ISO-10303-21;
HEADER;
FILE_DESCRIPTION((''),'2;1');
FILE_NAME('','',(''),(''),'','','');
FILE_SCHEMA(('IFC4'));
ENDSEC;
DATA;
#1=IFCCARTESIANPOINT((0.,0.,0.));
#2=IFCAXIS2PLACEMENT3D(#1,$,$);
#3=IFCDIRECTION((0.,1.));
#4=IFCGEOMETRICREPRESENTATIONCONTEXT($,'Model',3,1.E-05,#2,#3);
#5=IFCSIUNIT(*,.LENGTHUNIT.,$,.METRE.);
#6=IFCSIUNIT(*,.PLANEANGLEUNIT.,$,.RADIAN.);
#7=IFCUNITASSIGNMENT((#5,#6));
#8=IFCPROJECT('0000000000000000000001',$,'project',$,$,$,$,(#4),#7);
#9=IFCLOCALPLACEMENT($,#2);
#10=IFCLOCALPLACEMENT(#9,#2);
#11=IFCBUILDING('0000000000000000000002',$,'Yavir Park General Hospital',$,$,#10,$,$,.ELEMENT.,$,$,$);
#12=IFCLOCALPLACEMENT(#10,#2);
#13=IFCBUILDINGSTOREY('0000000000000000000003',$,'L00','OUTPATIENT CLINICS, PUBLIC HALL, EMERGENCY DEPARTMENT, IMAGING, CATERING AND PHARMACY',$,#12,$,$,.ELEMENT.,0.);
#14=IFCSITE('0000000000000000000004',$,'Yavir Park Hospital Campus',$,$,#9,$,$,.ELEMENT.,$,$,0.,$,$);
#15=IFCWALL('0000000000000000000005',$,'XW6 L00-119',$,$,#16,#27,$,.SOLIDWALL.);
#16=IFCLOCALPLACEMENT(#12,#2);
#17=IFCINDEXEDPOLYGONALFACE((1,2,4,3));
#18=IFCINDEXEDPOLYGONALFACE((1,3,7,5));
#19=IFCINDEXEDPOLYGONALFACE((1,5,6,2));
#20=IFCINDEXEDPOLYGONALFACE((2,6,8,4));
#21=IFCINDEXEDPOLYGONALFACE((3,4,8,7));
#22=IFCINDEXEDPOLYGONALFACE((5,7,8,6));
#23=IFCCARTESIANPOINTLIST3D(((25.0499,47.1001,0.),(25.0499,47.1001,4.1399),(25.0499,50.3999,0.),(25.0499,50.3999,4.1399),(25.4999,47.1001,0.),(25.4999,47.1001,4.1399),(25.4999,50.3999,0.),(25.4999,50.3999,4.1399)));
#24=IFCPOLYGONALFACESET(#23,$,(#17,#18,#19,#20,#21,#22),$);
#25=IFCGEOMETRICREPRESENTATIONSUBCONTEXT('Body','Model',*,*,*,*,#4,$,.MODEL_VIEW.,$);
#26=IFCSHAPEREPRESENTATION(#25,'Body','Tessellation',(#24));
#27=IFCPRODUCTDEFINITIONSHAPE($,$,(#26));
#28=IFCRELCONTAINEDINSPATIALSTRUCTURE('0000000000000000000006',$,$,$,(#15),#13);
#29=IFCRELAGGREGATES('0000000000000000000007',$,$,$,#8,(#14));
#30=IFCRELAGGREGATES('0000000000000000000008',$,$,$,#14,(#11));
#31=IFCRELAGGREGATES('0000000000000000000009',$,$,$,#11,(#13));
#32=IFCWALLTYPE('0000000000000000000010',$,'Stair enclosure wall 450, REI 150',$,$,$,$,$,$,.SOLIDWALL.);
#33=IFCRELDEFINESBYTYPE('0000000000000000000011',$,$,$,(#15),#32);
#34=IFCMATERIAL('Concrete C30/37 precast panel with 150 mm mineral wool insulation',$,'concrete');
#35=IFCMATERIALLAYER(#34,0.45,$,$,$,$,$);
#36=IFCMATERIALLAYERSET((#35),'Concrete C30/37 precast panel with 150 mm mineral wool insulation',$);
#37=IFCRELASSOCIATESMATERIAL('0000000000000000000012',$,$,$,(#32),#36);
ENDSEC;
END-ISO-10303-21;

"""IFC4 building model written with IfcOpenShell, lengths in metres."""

from ifc_helpers import new_model, si_unit, direction, frame, frame_2d, origin, place, context, subcontext, project, spatial, rectangle, extrude, material, layer, layer_set, type_object, element, save


model = new_model("IFC4")

# Units and contexts
model_context = context("Model", 3, precision=1e-05, world=origin(), true_north=direction((0.0, 1.0)))
body_context = subcontext(model_context, "Body", "Model", "MODEL_VIEW")
ifc_project = project(units=[si_unit("LENGTHUNIT", "METRE"), si_unit("PLANEANGLEUNIT", "RADIAN")], contexts=[model_context])

# Site, building, storey
site_placement = place(None, origin())
site = spatial("IfcSite", under=ifc_project, at=site_placement, Name="Yavir Park Hospital Campus", CompositionType="ELEMENT", RefElevation=0.0)
building_placement = place(site_placement, origin())
building = spatial("IfcBuilding", under=site, at=building_placement, Name="Yavir Park General Hospital", CompositionType="ELEMENT")
storey_placement = place(building_placement, origin())
storey = spatial("IfcBuildingStorey", under=building, at=storey_placement, Name="L00", Description="OUTPATIENT CLINICS, PUBLIC HALL, EMERGENCY DEPARTMENT, IMAGING, CATERING AND PHARMACY", CompositionType="ELEMENT", Elevation=0.0)

# Wall
ifc_material_1 = material(Name="Concrete C30/37 precast panel with 150 mm mineral wool insulation", Category="concrete")
ifc_layer_1 = layer(ifc_material_1, 0.45)
ifc_layer_set_1 = layer_set([ifc_layer_1], Name="Concrete C30/37 precast panel with 150 mm mineral wool insulation")
wall_type_1 = type_object("IfcWallType", Name="Stair enclosure wall 450, REI 150", PredefinedType="SOLIDWALL", material=ifc_layer_set_1)
wall_1_placement = place(storey_placement, frame((25.2749, 47.1001, 0.0), z_axis=(0.0, 0.0, 1.0), x_axis=(0.0, 1.0, 0.0)))
element("IfcWall", 1, at=wall_1_placement, inside=storey, type_object=wall_type_1, Name="XW6 L00-119", PredefinedType="SOLIDWALL", context=body_context, shape_type="SweptSolid", body=[
    extrude(rectangle(XDim=3.2998, YDim=0.45, at=frame_2d((1.6499, 0.0))), origin(), (0.0, 0.0, 1.0), 4.1399),
])

save(model, "model.ifc")
